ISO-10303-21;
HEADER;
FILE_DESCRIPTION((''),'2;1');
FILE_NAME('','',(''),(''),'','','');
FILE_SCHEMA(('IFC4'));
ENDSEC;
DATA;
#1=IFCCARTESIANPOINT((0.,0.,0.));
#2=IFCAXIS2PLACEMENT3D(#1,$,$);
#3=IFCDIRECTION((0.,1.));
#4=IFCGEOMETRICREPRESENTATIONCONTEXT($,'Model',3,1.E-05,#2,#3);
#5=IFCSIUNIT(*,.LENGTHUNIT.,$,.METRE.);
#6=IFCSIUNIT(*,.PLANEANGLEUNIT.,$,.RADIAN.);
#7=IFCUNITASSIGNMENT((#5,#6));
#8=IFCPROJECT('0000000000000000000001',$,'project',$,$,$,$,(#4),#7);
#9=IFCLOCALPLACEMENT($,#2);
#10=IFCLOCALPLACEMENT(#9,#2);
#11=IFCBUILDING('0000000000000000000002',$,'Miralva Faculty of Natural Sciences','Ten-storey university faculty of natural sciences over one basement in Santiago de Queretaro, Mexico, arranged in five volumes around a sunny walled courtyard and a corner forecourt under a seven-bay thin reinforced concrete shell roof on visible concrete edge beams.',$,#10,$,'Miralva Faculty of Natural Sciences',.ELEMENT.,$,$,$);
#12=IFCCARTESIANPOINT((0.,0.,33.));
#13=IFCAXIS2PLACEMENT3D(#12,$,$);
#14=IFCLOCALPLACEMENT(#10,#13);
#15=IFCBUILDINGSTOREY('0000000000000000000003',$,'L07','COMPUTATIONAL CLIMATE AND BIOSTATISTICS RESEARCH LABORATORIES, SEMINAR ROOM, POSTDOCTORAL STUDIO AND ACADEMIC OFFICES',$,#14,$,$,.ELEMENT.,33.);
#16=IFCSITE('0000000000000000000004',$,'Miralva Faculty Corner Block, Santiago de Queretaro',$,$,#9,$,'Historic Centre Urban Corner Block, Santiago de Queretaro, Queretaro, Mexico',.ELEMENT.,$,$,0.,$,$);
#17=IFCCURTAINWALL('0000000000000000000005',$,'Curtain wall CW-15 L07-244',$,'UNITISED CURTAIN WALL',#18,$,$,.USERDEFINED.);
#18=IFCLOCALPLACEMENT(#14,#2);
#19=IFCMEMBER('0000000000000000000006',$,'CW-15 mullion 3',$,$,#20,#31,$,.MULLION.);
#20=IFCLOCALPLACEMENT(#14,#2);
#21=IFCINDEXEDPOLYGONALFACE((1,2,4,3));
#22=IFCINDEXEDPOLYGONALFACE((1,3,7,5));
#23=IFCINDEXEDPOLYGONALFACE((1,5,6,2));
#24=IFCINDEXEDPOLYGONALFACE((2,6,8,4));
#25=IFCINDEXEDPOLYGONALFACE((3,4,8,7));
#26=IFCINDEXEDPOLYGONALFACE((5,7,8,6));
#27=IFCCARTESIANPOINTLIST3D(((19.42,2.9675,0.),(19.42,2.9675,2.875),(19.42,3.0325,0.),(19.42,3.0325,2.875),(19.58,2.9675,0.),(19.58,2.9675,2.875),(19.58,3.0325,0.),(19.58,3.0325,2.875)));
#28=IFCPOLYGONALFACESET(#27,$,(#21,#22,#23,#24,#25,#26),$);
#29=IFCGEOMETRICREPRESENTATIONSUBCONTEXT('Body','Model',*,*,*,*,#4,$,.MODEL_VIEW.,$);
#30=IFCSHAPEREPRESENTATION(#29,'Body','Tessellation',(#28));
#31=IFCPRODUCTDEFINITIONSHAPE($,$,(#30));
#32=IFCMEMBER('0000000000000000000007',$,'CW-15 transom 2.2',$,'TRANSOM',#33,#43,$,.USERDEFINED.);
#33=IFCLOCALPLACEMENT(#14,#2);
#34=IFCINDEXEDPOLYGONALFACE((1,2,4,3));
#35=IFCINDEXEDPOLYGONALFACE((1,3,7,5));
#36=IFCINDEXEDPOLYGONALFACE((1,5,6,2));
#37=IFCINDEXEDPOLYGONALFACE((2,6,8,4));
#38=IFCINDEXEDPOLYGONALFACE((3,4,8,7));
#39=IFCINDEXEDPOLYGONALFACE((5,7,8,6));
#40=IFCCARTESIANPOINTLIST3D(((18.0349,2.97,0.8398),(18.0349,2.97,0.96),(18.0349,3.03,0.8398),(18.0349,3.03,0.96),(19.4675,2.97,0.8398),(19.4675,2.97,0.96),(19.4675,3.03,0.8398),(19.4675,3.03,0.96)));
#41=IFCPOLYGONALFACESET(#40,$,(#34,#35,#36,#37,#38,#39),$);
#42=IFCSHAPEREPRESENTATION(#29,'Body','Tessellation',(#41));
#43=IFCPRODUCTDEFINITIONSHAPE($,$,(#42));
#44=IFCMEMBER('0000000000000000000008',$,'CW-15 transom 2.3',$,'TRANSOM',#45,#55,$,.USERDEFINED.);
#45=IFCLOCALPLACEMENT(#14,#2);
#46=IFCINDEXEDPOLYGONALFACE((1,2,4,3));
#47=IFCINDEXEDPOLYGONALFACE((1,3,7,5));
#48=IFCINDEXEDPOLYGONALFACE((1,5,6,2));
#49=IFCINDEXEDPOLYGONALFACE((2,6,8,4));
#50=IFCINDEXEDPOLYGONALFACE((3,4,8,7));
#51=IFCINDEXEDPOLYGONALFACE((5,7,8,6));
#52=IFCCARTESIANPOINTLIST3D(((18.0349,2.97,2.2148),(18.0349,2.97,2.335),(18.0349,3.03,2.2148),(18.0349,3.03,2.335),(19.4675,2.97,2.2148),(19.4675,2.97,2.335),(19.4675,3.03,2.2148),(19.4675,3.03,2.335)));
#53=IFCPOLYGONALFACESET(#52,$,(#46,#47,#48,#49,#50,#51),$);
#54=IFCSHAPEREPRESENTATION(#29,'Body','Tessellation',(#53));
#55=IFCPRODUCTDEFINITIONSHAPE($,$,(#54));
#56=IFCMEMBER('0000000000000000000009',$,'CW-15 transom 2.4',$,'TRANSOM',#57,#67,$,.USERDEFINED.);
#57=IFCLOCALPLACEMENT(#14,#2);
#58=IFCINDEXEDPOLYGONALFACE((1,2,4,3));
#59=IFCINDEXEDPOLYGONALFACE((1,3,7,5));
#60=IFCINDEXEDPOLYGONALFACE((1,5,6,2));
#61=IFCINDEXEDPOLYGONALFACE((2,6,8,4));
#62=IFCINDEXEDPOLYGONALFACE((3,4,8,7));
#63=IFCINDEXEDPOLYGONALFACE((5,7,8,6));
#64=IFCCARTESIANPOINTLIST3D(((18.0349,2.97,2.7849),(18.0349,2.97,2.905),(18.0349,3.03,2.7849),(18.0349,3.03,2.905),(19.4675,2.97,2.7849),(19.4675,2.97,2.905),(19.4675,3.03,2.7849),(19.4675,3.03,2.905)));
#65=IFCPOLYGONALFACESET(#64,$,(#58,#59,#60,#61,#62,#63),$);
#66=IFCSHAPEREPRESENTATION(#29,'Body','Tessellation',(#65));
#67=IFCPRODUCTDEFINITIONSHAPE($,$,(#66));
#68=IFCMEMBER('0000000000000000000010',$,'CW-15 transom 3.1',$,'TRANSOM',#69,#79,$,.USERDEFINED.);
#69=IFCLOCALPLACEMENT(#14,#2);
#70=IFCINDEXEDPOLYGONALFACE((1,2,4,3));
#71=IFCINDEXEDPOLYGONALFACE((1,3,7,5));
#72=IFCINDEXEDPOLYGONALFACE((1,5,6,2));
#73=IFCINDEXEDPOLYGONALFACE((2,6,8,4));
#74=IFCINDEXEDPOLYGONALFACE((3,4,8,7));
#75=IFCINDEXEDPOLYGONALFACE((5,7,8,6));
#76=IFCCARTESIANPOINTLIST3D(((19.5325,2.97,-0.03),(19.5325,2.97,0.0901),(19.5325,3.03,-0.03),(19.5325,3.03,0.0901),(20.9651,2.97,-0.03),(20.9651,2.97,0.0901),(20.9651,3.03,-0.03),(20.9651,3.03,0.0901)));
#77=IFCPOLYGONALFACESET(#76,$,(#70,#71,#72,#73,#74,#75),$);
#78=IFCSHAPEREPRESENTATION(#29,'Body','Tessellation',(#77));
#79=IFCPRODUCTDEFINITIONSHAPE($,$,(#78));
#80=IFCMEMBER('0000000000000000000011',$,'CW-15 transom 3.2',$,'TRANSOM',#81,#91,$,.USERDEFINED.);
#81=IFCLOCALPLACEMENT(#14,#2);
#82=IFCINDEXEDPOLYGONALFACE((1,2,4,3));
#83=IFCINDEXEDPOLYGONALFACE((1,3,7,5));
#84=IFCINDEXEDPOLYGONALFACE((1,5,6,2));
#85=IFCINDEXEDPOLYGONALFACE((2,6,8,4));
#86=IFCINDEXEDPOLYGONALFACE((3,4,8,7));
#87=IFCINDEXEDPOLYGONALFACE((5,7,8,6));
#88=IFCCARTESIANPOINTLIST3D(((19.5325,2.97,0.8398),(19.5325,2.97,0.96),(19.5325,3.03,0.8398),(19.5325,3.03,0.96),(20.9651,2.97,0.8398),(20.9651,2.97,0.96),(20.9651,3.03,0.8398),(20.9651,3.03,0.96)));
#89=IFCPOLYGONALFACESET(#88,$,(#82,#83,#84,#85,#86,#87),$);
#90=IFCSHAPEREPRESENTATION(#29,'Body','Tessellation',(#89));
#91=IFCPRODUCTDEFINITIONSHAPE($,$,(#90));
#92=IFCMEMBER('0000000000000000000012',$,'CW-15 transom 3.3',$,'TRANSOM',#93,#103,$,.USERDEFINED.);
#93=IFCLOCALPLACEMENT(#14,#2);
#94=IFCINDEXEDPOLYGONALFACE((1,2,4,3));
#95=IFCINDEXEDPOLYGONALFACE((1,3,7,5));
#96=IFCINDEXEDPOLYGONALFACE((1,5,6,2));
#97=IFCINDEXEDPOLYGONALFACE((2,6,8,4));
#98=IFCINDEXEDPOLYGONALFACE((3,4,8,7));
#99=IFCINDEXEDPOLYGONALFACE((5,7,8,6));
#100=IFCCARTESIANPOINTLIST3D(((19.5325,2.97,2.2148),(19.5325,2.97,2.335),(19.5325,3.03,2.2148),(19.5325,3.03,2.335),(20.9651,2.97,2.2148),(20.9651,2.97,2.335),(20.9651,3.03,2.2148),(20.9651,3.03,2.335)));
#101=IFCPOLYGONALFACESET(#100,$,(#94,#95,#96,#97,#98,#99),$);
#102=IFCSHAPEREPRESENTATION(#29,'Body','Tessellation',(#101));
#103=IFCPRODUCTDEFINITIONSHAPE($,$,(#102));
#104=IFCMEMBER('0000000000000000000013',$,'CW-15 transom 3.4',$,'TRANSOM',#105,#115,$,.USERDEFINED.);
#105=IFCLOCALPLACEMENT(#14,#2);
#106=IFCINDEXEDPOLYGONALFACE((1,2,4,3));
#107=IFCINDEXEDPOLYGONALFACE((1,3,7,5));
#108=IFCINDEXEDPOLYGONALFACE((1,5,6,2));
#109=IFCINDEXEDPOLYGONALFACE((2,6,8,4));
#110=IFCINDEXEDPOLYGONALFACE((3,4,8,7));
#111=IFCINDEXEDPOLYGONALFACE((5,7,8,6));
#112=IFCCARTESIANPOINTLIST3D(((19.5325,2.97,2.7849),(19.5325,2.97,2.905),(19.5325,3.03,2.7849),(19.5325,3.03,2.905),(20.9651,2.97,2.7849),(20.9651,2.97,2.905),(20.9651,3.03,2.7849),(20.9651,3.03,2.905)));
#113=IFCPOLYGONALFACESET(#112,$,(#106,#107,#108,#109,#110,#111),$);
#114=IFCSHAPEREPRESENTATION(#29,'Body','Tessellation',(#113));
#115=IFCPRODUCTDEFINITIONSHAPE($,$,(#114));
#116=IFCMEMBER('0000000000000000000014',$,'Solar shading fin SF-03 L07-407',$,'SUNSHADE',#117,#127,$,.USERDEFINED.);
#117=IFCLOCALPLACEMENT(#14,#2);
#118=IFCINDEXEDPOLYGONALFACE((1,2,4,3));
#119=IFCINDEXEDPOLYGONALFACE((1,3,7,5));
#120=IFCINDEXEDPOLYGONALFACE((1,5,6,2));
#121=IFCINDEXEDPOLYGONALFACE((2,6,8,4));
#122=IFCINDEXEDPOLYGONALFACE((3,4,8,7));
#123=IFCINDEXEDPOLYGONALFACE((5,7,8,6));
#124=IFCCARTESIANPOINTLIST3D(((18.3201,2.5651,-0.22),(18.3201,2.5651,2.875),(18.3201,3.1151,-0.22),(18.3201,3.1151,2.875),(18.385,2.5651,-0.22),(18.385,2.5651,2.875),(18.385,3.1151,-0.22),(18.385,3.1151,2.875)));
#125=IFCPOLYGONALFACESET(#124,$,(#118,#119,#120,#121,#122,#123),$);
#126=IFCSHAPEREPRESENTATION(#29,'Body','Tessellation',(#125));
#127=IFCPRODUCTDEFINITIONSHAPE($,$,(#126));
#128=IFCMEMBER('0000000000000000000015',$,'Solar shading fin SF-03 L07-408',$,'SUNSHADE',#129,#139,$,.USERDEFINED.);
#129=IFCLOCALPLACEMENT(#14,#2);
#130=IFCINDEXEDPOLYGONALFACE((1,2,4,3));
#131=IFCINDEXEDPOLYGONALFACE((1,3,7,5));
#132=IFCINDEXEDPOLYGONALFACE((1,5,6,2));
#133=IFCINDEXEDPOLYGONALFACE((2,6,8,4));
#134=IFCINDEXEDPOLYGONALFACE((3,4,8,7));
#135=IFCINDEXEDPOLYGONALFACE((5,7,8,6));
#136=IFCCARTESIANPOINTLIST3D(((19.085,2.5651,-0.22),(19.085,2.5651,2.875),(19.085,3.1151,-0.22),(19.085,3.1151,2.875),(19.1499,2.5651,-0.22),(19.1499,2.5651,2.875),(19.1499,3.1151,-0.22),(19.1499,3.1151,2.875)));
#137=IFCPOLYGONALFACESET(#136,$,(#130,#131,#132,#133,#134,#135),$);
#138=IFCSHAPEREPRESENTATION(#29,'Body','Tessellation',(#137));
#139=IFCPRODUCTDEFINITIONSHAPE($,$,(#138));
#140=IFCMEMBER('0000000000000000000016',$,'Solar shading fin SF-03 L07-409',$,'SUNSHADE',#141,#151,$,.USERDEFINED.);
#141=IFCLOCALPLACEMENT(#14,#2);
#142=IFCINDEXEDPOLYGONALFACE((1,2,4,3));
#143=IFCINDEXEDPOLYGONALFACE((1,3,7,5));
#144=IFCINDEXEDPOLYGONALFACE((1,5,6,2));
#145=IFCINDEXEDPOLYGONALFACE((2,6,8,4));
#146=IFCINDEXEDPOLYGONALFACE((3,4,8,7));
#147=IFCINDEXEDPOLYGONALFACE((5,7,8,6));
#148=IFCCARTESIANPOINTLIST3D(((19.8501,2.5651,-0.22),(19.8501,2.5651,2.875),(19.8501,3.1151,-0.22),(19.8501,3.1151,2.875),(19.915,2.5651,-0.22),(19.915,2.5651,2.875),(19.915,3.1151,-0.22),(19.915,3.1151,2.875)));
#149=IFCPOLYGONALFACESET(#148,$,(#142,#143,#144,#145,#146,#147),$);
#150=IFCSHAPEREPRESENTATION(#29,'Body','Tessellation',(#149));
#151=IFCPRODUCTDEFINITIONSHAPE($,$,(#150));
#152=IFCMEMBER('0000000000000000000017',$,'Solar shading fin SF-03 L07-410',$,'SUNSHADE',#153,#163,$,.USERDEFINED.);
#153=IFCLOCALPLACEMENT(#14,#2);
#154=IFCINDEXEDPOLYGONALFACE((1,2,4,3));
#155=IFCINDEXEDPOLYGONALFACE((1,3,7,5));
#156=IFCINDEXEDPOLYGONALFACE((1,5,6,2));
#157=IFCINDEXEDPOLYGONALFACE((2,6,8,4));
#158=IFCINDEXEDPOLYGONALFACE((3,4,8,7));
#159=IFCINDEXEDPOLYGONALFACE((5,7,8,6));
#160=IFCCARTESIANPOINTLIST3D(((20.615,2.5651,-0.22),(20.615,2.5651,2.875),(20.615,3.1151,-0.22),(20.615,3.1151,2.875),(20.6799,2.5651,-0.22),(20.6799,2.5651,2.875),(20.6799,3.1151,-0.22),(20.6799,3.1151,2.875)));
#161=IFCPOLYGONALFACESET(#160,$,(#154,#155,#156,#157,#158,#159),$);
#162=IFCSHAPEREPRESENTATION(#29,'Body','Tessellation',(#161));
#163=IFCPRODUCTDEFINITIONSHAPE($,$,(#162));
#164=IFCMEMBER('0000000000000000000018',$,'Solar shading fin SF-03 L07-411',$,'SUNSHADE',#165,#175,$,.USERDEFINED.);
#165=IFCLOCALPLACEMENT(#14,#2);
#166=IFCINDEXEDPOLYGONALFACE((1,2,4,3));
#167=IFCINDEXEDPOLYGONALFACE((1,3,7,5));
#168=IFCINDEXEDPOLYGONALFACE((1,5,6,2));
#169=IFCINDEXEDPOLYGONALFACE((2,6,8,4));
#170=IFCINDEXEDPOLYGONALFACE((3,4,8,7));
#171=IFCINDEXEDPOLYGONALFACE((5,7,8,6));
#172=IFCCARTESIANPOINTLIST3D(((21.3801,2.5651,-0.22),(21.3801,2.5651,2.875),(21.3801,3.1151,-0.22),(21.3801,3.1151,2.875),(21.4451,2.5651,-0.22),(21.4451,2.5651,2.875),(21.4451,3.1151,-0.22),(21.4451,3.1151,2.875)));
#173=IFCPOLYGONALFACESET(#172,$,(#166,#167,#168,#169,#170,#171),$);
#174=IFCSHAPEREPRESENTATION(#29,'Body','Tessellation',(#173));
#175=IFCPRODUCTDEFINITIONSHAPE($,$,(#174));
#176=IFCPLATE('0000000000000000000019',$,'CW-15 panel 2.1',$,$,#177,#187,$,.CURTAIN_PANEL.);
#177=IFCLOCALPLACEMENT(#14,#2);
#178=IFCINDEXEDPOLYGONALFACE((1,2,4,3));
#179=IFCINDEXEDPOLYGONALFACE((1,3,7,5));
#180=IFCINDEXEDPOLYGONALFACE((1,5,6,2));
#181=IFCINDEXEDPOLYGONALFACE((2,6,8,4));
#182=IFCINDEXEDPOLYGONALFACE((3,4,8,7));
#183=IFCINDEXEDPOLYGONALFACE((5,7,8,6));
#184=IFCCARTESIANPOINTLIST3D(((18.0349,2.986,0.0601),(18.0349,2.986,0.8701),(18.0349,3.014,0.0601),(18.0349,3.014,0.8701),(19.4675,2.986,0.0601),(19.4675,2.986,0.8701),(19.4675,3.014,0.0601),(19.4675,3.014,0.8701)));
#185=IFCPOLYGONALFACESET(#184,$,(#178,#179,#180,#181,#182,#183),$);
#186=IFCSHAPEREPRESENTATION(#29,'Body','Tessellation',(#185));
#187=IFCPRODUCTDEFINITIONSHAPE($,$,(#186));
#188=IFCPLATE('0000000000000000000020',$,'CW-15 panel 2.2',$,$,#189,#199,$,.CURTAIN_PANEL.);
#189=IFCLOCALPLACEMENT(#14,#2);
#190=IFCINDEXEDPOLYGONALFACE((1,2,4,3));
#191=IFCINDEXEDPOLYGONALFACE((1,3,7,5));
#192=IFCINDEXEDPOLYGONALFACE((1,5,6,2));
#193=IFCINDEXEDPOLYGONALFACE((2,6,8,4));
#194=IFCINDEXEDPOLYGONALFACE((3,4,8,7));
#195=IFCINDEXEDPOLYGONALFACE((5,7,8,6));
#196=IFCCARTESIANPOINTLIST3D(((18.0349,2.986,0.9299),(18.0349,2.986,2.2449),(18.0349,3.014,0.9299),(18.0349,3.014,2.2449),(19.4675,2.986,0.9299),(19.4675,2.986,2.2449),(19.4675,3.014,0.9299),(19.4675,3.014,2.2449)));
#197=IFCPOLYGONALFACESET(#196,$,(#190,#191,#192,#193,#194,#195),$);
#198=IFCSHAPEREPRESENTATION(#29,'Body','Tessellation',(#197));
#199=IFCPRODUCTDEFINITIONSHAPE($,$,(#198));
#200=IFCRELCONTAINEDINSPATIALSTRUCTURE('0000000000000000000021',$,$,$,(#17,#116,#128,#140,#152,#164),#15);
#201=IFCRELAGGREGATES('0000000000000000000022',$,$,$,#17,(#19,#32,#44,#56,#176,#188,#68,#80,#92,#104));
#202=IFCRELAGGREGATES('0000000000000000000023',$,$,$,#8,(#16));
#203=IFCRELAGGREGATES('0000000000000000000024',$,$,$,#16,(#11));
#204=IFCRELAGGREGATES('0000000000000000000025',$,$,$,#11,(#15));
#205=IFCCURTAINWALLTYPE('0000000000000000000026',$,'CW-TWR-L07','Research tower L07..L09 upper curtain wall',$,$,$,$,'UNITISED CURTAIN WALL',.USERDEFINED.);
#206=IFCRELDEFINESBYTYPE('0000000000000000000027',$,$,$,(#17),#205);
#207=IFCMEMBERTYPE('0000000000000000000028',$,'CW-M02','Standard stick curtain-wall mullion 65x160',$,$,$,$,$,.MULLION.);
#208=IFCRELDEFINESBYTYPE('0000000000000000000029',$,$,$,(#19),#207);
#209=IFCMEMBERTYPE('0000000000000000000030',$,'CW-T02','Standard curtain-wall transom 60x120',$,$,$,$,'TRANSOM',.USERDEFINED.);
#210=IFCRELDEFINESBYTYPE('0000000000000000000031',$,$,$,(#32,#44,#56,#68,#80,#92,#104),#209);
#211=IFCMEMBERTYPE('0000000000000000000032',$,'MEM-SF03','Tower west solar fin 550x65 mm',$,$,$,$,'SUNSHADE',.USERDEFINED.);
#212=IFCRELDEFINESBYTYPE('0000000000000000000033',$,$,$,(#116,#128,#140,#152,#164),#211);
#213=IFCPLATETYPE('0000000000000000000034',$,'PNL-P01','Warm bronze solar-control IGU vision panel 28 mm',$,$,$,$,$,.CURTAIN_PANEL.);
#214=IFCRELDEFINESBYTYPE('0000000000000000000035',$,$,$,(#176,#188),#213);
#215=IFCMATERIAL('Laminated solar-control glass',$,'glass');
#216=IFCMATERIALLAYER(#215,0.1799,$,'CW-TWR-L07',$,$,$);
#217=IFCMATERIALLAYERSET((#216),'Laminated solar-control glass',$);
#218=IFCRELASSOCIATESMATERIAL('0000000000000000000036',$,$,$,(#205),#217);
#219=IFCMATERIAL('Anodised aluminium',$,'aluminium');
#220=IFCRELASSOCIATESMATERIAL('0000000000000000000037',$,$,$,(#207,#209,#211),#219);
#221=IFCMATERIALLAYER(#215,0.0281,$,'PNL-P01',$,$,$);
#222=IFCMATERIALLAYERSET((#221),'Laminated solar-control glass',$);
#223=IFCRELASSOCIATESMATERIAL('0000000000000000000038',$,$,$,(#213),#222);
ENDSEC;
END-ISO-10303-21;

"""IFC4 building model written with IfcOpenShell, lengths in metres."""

from ifc_helpers import new_model, si_unit, direction, frame, origin, origin_2d, place, context, subcontext, project, spatial, rectangle, extrude, material, layer, layer_set, material_profile, profile_set, type_object, element, aggregate, save


model = new_model("IFC4")

# Units and contexts
model_context = context("Model", 3, precision=1e-05, world=origin(), true_north=direction((0.0, 1.0)))
body_context = subcontext(model_context, "Body", "Model", "MODEL_VIEW")
ifc_project = project(units=[si_unit("LENGTHUNIT", "METRE"), si_unit("PLANEANGLEUNIT", "RADIAN")], contexts=[model_context])

# Site, building, storey
site_placement = place(None, origin())
site = spatial("IfcSite", under=ifc_project, at=site_placement, Name="Miralva Faculty Corner Block, Santiago de Queretaro", LongName="Historic Centre Urban Corner Block, Santiago de Queretaro, Queretaro, Mexico", CompositionType="ELEMENT", RefElevation=0.0)
building_placement = place(site_placement, origin())
building = spatial("IfcBuilding", under=site, at=building_placement, Name="Miralva Faculty of Natural Sciences", Description="Ten-storey university faculty of natural sciences over one basement in Santiago de Queretaro, Mexico, arranged in five volumes around a sunny walled courtyard and a corner forecourt under a seven-bay thin reinforced concrete shell roof on visible concrete edge beams.", LongName="Miralva Faculty of Natural Sciences", CompositionType="ELEMENT")
storey_placement = place(building_placement, frame((0.0, 0.0, 33.0)))
storey = spatial("IfcBuildingStorey", under=building, at=storey_placement, Name="L07", Description="COMPUTATIONAL CLIMATE AND BIOSTATISTICS RESEARCH LABORATORIES, SEMINAR ROOM, POSTDOCTORAL STUDIO AND ACADEMIC OFFICES", CompositionType="ELEMENT", Elevation=33.0)

# Curtain wall, members
ifc_material_1 = material(Name="Laminated solar-control glass", Category="glass")
ifc_layer_1 = layer(ifc_material_1, 0.1799, Name="CW-TWR-L07")
ifc_layer_set_1 = layer_set([ifc_layer_1], Name="Laminated solar-control glass")
curtain_wall_type = type_object("IfcCurtainWallType", Name="CW-TWR-L07", Description="Research tower L07..L09 upper curtain wall", ElementType="UNITISED CURTAIN WALL", PredefinedType="USERDEFINED", material=ifc_layer_set_1)
curtain_wall_placement = place(storey_placement, origin())
curtain_wall = element("IfcCurtainWall", 1, at=curtain_wall_placement, inside=storey, type_object=curtain_wall_type, Name="Curtain wall CW-15 L07-244", ObjectType="UNITISED CURTAIN WALL", PredefinedType="USERDEFINED")
ifc_material_2 = material(Name="Anodised aluminium", Category="aluminium")
ifc_material_profile_1 = material_profile(ifc_material_2, rectangle(XDim=0.0649, YDim=0.1599, at=origin_2d()), Name="MULLION 65x160")
ifc_profile_set_1 = profile_set([ifc_material_profile_1], Name="Anodised aluminium")
member_type_1 = type_object("IfcMemberType", Name="CW-M02", Description="Standard stick curtain-wall mullion 65x160", PredefinedType="MULLION", material=ifc_profile_set_1)
member_1_placement = place(storey_placement, frame((19.5, 3.0, 0.0), z_axis=(0.0, 0.0, 1.0), x_axis=(0.0, 1.0, 0.0)))
member_1 = element("IfcMember", 2, at=member_1_placement, type_object=member_type_1, Name="CW-15 mullion 3", PredefinedType="MULLION", context=body_context, shape_type="SweptSolid", body=[
    extrude(rectangle(XDim=0.0649, YDim=0.1599, at=origin_2d()), origin(), (0.0, 0.0, 1.0), 2.875),
])
ifc_material_profile_2 = material_profile(ifc_material_2, rectangle(XDim=0.0601, YDim=0.1201, at=origin_2d()), Name="TRANSOM 60x120")
ifc_profile_set_2 = profile_set([ifc_material_profile_2], Name="Anodised aluminium")
member_type_2 = type_object("IfcMemberType", Name="CW-T02", Description="Standard curtain-wall transom 60x120", ElementType="TRANSOM", PredefinedType="USERDEFINED", material=ifc_profile_set_2)
member_2_placement = place(storey_placement, frame((18.0349, 3.0, 0.8999), z_axis=(1.0, 0.0, 0.0), x_axis=(0.0, 1.0, 0.0)))
member_2 = element("IfcMember", 3, at=member_2_placement, type_object=member_type_2, Name="CW-15 transom 2.2", ObjectType="TRANSOM", PredefinedType="USERDEFINED", context=body_context, shape_type="SweptSolid", body=[
    extrude(rectangle(XDim=0.0601, YDim=0.1201, at=origin_2d()), origin(), (0.0, 0.0, 1.0), 1.4326),
])
member_3_placement = place(storey_placement, frame((18.0349, 3.0, 2.2749), z_axis=(1.0, 0.0, 0.0), x_axis=(0.0, 1.0, 0.0)))
member_3 = element("IfcMember", 4, at=member_3_placement, type_object=member_type_2, Name="CW-15 transom 2.3", ObjectType="TRANSOM", PredefinedType="USERDEFINED", context=body_context, shape_type="SweptSolid", body=[
    extrude(rectangle(XDim=0.0601, YDim=0.1201, at=origin_2d()), origin(), (0.0, 0.0, 1.0), 1.4326),
])
member_4_placement = place(storey_placement, frame((18.0349, 3.0, 2.845), z_axis=(1.0, 0.0, 0.0), x_axis=(0.0, 1.0, 0.0)))
member_4 = element("IfcMember", 5, at=member_4_placement, type_object=member_type_2, Name="CW-15 transom 2.4", ObjectType="TRANSOM", PredefinedType="USERDEFINED", context=body_context, shape_type="SweptSolid", body=[
    extrude(rectangle(XDim=0.0601, YDim=0.1201, at=origin_2d()), origin(), (0.0, 0.0, 1.0), 1.4326),
])
member_5_placement = place(storey_placement, frame((19.5325, 3.0, 0.03), z_axis=(1.0, 0.0, 0.0), x_axis=(0.0, 1.0, 0.0)))
member_5 = element("IfcMember", 6, at=member_5_placement, type_object=member_type_2, Name="CW-15 transom 3.1", ObjectType="TRANSOM", PredefinedType="USERDEFINED", context=body_context, shape_type="SweptSolid", body=[
    extrude(rectangle(XDim=0.0601, YDim=0.1201, at=origin_2d()), origin(), (0.0, 0.0, 1.0), 1.4326),
])
member_6_placement = place(storey_placement, frame((19.5325, 3.0, 0.8999), z_axis=(1.0, 0.0, 0.0), x_axis=(0.0, 1.0, 0.0)))
member_6 = element("IfcMember", 7, at=member_6_placement, type_object=member_type_2, Name="CW-15 transom 3.2", ObjectType="TRANSOM", PredefinedType="USERDEFINED", context=body_context, shape_type="SweptSolid", body=[
    extrude(rectangle(XDim=0.0601, YDim=0.1201, at=origin_2d()), origin(), (0.0, 0.0, 1.0), 1.4326),
])
member_7_placement = place(storey_placement, frame((19.5325, 3.0, 2.2749), z_axis=(1.0, 0.0, 0.0), x_axis=(0.0, 1.0, 0.0)))
member_7 = element("IfcMember", 8, at=member_7_placement, type_object=member_type_2, Name="CW-15 transom 3.3", ObjectType="TRANSOM", PredefinedType="USERDEFINED", context=body_context, shape_type="SweptSolid", body=[
    extrude(rectangle(XDim=0.0601, YDim=0.1201, at=origin_2d()), origin(), (0.0, 0.0, 1.0), 1.4326),
])
member_8_placement = place(storey_placement, frame((19.5325, 3.0, 2.845), z_axis=(1.0, 0.0, 0.0), x_axis=(0.0, 1.0, 0.0)))
member_8 = element("IfcMember", 9, at=member_8_placement, type_object=member_type_2, Name="CW-15 transom 3.4", ObjectType="TRANSOM", PredefinedType="USERDEFINED", context=body_context, shape_type="SweptSolid", body=[
    extrude(rectangle(XDim=0.0601, YDim=0.1201, at=origin_2d()), origin(), (0.0, 0.0, 1.0), 1.4326),
])

# Members
ifc_material_profile_3 = material_profile(ifc_material_2, rectangle(XDim=0.0649, YDim=0.55, at=origin_2d()), Name="FIN 550x65")
ifc_profile_set_3 = profile_set([ifc_material_profile_3], Name="Anodised aluminium")
member_type_3 = type_object("IfcMemberType", Name="MEM-SF03", Description="Tower west solar fin 550x65 mm", ElementType="SUNSHADE", PredefinedType="USERDEFINED", material=ifc_profile_set_3)
for number, where, z_axis, x_axis, name in (
    (10, (18.3525, 2.8401, -0.22), (0.0, 0.0, 1.0), (1.0, 0.0, 0.0), "Solar shading fin SF-03 L07-407"),
    (11, (19.1174, 2.8401, -0.22), (0.0, 0.0, 1.0), (1.0, 0.0, 0.0), "Solar shading fin SF-03 L07-408"),
    (12, (19.8826, 2.8401, -0.22), (0.0, 0.0, 1.0), (1.0, 0.0, 0.0), "Solar shading fin SF-03 L07-409"),
    (13, (20.6475, 2.8401, -0.22), (0.0, 0.0, 1.0), (1.0, 0.0, 0.0), "Solar shading fin SF-03 L07-410"),
    (14, (21.4126, 2.8401, -0.22), (0.0, 0.0, 1.0), (1.0, 0.0, 0.0), "Solar shading fin SF-03 L07-411"),
):
    element("IfcMember", number, at=place(storey_placement, frame(where, z_axis=z_axis, x_axis=x_axis)), inside=storey, type_object=member_type_3, Name=name, ObjectType="SUNSHADE", PredefinedType="USERDEFINED", context=body_context, shape_type="SweptSolid", body=[
        extrude(rectangle(XDim=0.0649, YDim=0.55, at=origin_2d()), origin(), (0.0, 0.0, 1.0), 3.095),
    ])

# Plates
ifc_layer_2 = layer(ifc_material_1, 0.0281, Name="PNL-P01")
ifc_layer_set_2 = layer_set([ifc_layer_2], Name="Laminated solar-control glass")
plate_type = type_object("IfcPlateType", Name="PNL-P01", Description="Warm bronze solar-control IGU vision panel 28 mm", PredefinedType="CURTAIN_PANEL", material=ifc_layer_set_2)
plate_1_placement = place(storey_placement, frame((18.7512, 3.0, 0.0601), z_axis=(0.0, 0.0, 1.0), x_axis=(1.0, 0.0, 0.0)))
plate_1 = element("IfcPlate", 15, at=plate_1_placement, type_object=plate_type, Name="CW-15 panel 2.1", PredefinedType="CURTAIN_PANEL", context=body_context, shape_type="SweptSolid", body=[
    extrude(rectangle(XDim=1.4326, YDim=0.0281, at=origin_2d()), origin(), (0.0, 0.0, 1.0), 0.8101),
])
plate_2_placement = place(storey_placement, frame((18.7512, 3.0, 0.9299), z_axis=(0.0, 0.0, 1.0), x_axis=(1.0, 0.0, 0.0)))
plate_2 = element("IfcPlate", 16, at=plate_2_placement, type_object=plate_type, Name="CW-15 panel 2.2", PredefinedType="CURTAIN_PANEL", context=body_context, shape_type="SweptSolid", body=[
    extrude(rectangle(XDim=1.4326, YDim=0.0281, at=origin_2d()), origin(), (0.0, 0.0, 1.0), 1.3149),
])
aggregate(curtain_wall, [member_1, member_2, member_3, member_4, plate_1, plate_2, member_5, member_6, member_7, member_8])

save(model, "model.ifc")
